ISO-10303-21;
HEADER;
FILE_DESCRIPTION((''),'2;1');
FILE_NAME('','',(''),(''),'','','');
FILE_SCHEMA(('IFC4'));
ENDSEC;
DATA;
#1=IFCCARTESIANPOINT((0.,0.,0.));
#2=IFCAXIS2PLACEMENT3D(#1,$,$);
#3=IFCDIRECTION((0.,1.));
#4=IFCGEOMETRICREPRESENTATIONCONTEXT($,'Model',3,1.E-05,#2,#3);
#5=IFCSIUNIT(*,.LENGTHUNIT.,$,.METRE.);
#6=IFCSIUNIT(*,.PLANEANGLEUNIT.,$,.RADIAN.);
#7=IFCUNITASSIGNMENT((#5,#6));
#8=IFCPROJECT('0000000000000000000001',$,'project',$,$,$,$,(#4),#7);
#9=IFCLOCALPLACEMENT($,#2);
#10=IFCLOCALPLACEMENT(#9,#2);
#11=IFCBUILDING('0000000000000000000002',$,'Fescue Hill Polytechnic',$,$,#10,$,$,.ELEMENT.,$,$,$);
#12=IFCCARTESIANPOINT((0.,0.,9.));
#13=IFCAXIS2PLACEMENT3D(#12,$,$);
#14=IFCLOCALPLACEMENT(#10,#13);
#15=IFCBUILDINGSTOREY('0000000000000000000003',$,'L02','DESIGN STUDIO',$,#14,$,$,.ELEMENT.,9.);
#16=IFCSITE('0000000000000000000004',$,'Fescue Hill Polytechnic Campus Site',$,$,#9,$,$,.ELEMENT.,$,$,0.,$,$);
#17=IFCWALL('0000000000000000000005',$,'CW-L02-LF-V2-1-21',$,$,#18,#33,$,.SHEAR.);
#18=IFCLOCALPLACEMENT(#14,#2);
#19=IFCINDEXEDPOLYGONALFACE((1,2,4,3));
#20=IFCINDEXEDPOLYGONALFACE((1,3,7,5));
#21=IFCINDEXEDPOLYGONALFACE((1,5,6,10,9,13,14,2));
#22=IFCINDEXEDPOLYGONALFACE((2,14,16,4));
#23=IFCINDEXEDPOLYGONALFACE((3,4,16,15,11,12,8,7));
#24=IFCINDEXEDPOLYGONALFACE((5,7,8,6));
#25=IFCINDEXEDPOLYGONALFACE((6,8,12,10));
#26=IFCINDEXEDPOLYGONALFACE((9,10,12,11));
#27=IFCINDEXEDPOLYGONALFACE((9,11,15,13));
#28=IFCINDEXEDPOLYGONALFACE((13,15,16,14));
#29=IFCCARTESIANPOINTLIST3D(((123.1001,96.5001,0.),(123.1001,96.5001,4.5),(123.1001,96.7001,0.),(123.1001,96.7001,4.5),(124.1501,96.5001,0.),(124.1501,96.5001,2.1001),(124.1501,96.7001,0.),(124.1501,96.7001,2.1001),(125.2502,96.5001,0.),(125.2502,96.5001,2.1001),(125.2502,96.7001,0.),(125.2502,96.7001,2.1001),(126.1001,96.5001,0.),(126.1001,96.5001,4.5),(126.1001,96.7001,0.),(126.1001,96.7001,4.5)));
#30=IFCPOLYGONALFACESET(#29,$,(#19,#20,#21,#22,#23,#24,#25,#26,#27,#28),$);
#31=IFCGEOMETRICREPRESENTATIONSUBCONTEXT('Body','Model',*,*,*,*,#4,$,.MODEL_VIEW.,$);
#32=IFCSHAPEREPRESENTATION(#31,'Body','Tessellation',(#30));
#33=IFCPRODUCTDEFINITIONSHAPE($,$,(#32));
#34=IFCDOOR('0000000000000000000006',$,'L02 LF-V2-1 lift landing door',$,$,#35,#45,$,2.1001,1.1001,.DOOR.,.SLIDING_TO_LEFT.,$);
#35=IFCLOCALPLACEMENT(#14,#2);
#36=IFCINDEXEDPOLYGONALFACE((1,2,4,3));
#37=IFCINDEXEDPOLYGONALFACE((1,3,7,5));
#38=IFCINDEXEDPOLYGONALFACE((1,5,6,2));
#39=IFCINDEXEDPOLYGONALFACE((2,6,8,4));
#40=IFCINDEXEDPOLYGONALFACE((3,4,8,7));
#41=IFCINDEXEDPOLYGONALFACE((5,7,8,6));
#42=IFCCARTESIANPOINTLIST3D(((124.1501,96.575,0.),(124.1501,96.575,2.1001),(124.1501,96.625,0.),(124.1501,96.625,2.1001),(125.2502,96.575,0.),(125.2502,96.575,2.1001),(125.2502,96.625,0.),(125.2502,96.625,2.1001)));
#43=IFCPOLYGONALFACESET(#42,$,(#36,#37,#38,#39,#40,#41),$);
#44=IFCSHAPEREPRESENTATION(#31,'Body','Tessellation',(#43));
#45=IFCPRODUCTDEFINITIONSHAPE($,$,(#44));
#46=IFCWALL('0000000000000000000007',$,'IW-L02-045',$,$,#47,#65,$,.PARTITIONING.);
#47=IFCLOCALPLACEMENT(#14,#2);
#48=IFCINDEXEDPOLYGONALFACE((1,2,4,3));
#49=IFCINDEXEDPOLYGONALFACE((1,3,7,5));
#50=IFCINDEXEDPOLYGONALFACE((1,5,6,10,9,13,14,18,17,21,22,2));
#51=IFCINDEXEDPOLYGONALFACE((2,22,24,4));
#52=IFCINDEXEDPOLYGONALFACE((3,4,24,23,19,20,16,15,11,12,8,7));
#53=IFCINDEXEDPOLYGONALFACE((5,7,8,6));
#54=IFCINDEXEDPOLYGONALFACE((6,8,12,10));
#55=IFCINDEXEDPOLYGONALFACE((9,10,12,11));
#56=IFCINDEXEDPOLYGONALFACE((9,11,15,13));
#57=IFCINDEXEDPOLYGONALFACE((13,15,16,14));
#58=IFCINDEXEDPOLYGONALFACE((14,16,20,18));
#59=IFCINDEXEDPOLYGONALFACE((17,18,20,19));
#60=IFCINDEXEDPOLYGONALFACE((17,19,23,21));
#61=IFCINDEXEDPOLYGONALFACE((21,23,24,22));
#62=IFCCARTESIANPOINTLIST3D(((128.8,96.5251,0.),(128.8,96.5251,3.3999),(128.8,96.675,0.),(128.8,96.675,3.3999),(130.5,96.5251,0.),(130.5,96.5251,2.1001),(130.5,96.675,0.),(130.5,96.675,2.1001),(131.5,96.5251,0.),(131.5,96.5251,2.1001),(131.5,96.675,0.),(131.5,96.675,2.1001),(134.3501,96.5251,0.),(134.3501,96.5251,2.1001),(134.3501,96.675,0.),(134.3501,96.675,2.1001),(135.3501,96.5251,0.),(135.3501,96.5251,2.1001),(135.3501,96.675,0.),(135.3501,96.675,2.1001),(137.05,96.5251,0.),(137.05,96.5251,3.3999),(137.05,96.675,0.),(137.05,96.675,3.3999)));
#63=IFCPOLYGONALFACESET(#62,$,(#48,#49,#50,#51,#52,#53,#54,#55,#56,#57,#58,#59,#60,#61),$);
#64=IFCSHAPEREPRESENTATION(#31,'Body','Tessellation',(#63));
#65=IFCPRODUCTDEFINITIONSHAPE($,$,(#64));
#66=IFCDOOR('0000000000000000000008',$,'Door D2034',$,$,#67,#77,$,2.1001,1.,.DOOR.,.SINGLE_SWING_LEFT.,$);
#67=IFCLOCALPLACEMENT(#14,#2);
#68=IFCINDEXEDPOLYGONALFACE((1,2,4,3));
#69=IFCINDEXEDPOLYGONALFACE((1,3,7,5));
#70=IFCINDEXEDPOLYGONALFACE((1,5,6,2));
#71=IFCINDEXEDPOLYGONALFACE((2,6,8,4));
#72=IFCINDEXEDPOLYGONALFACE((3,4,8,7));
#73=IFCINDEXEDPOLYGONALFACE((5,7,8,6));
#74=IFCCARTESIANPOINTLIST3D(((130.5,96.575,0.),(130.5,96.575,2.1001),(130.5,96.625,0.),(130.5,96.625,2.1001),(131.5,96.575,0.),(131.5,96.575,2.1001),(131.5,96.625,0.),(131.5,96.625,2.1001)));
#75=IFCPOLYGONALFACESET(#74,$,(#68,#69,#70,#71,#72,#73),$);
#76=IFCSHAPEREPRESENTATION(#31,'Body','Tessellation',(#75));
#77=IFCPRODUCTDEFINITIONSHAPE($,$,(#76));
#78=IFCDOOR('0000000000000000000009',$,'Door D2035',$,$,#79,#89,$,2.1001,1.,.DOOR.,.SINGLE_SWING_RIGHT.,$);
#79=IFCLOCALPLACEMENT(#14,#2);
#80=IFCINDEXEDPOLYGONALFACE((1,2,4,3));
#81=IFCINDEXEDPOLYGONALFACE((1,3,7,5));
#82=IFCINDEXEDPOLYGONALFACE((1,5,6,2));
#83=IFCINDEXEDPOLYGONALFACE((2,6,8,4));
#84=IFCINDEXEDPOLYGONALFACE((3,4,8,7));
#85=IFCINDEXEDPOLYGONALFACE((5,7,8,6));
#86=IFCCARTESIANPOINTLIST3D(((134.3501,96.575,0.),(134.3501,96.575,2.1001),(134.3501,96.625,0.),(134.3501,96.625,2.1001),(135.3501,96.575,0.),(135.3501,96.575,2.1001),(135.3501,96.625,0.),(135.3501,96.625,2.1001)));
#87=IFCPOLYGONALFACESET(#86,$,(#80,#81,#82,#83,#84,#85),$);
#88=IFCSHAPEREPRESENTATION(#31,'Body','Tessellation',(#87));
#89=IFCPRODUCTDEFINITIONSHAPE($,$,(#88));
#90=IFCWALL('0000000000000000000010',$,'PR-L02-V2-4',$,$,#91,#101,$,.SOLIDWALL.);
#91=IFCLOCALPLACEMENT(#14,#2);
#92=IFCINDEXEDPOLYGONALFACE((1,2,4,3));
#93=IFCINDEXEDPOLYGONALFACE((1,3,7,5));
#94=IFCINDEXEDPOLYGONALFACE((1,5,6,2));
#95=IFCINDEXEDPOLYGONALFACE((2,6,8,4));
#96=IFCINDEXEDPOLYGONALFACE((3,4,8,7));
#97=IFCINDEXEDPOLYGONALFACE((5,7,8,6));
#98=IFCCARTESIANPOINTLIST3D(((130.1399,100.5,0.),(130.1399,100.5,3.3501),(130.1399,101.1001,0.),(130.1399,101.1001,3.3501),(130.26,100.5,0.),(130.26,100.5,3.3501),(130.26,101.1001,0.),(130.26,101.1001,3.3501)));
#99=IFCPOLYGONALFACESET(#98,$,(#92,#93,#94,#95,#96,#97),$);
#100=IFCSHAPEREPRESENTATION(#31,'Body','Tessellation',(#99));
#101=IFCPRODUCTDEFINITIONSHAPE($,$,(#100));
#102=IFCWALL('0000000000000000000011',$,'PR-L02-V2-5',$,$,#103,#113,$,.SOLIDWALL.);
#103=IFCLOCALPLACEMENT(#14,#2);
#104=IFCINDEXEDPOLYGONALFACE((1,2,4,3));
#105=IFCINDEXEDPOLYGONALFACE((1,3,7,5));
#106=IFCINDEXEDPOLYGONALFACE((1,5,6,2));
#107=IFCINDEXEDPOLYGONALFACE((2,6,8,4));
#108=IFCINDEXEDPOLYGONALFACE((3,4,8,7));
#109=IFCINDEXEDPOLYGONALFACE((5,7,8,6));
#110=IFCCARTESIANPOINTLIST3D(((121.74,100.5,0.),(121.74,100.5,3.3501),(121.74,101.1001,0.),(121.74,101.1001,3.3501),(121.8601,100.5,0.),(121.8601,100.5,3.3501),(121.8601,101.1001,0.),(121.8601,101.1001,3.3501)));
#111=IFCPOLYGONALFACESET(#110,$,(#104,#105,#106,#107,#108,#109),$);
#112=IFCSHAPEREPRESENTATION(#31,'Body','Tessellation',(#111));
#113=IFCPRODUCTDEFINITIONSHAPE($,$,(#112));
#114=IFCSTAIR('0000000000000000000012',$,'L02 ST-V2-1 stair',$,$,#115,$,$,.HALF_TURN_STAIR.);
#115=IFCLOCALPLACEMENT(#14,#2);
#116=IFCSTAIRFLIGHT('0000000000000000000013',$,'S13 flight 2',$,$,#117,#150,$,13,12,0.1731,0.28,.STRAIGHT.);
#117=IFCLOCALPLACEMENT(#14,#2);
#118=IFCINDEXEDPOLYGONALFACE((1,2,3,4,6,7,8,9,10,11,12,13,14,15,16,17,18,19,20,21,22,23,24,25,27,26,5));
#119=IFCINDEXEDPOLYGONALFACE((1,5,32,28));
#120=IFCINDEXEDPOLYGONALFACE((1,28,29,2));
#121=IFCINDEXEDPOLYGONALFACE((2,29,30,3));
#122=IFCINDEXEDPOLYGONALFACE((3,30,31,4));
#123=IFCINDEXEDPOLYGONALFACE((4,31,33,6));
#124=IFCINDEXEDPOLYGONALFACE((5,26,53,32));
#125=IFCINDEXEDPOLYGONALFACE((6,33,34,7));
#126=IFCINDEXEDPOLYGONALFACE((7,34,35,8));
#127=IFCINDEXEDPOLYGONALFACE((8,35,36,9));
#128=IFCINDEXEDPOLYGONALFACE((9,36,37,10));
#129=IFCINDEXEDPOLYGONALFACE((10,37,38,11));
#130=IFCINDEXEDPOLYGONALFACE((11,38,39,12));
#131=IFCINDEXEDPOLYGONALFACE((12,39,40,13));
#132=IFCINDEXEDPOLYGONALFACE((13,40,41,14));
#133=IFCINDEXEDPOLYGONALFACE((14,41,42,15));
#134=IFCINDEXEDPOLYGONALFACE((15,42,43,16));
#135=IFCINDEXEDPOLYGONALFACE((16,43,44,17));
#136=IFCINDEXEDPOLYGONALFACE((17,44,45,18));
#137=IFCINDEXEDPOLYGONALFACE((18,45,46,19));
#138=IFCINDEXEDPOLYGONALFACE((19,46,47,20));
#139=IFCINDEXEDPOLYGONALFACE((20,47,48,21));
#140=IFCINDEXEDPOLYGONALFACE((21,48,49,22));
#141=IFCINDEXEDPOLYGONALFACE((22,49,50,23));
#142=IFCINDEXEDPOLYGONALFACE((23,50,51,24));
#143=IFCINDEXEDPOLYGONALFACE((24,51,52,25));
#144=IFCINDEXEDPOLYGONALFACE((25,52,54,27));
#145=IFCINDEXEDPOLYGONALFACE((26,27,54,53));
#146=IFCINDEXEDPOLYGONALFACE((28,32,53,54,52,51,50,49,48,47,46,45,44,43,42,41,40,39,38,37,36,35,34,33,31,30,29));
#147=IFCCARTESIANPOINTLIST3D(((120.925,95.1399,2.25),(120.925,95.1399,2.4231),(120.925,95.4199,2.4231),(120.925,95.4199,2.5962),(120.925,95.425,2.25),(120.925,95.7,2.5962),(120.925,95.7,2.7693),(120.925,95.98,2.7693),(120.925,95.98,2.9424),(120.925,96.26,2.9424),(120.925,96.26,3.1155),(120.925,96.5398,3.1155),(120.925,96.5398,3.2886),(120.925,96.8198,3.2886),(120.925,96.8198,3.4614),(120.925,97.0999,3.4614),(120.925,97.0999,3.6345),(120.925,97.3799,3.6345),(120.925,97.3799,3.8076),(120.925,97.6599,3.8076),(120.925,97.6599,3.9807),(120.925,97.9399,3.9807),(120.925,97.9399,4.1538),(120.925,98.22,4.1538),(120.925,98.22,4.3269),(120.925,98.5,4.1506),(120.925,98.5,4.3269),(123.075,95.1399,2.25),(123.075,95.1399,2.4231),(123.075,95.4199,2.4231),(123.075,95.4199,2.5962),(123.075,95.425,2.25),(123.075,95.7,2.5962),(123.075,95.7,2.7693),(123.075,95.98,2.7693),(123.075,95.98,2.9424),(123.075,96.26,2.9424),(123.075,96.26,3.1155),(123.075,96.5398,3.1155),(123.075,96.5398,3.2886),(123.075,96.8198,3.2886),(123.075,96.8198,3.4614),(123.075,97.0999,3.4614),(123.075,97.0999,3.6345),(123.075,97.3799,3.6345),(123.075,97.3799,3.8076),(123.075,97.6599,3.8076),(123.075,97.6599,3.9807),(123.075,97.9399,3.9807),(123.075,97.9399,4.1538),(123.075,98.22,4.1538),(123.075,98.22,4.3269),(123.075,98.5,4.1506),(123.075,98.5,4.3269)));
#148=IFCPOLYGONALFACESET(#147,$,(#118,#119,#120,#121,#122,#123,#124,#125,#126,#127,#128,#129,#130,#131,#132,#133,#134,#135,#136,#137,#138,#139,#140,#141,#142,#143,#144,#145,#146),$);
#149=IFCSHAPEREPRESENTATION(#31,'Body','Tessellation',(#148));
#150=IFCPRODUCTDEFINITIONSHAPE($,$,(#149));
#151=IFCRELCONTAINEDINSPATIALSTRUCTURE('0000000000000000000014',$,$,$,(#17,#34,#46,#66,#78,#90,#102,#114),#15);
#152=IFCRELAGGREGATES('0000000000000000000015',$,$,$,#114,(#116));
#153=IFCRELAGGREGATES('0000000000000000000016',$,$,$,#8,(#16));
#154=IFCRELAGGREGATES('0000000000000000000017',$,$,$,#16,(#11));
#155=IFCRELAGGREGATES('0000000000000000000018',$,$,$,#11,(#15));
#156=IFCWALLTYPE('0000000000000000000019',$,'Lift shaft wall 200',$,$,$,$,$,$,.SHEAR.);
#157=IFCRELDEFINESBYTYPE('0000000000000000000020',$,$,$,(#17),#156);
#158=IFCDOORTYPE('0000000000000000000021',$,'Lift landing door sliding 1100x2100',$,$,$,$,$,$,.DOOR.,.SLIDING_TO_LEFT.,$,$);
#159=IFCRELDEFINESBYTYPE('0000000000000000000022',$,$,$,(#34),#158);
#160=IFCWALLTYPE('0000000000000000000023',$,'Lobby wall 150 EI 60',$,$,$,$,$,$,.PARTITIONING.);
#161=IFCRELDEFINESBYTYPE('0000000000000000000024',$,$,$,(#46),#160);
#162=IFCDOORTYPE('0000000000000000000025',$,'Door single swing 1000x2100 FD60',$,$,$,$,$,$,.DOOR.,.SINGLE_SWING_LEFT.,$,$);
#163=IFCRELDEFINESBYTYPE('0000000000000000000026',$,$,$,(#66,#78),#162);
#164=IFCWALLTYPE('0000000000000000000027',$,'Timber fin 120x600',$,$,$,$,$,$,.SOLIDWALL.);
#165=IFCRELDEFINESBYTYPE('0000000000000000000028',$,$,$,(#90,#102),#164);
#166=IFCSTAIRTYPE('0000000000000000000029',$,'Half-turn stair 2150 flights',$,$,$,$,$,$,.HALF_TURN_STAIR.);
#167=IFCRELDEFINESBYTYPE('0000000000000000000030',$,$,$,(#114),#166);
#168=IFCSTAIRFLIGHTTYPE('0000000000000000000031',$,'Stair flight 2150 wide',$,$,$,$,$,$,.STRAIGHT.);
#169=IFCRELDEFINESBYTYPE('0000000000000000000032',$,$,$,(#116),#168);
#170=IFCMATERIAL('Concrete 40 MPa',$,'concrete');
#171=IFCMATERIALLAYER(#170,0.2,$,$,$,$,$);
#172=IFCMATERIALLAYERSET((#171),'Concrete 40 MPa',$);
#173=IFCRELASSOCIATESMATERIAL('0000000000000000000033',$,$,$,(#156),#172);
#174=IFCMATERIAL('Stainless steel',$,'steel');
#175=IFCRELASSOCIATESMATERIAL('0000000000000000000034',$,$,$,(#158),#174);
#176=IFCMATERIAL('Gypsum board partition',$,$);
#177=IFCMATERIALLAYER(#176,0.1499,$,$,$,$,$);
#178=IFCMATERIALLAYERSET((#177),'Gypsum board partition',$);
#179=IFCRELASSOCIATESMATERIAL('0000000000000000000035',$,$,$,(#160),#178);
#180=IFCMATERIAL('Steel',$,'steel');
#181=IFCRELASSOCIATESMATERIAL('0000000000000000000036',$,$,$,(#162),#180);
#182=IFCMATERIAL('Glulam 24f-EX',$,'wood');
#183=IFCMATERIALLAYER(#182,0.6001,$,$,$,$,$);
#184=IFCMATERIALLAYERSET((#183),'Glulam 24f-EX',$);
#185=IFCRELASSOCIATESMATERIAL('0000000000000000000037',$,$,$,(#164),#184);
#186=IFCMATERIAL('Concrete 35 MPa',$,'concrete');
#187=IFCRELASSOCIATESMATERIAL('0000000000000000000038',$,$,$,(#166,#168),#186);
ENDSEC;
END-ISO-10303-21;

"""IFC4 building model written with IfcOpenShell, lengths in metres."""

from ifc_helpers import new_model, si_unit, direction, frame, frame_2d, origin, place, context, subcontext, project, spatial, polyline, rectangle, outline, extrude, material, layer, layer_set, type_object, element, fill, aggregate, save


model = new_model("IFC4")

# Units and contexts
model_context = context("Model", 3, precision=1e-05, world=origin(), true_north=direction((0.0, 1.0)))
body_context = subcontext(model_context, "Body", "Model", "MODEL_VIEW")
ifc_project = project(units=[si_unit("LENGTHUNIT", "METRE"), si_unit("PLANEANGLEUNIT", "RADIAN")], contexts=[model_context])

# Site, building, storey
site_placement = place(None, origin())
site = spatial("IfcSite", under=ifc_project, at=site_placement, Name="Fescue Hill Polytechnic Campus Site", CompositionType="ELEMENT", RefElevation=0.0)
building_placement = place(site_placement, origin())
building = spatial("IfcBuilding", under=site, at=building_placement, Name="Fescue Hill Polytechnic", CompositionType="ELEMENT")
storey_placement = place(building_placement, frame((0.0, 0.0, 9.0)))
storey = spatial("IfcBuildingStorey", under=building, at=storey_placement, Name="L02", Description="DESIGN STUDIO", CompositionType="ELEMENT", Elevation=9.0)

# Shared definitions
ifc_material_1 = material(Name="Concrete 40 MPa", Category="concrete")

# Shared definitions
ifc_material_2 = material(Name="Concrete 35 MPa", Category="concrete")

# Wall, opening, door
ifc_layer_1 = layer(ifc_material_1, 0.2)
ifc_layer_set_1 = layer_set([ifc_layer_1], Name="Concrete 40 MPa")
wall_type_1 = type_object("IfcWallType", Name="Lift shaft wall 200", PredefinedType="SHEAR", material=ifc_layer_set_1)
wall_1_placement = place(storey_placement, frame((123.1001, 96.6001, 0.0), z_axis=(0.0, 0.0, 1.0), x_axis=(1.0, 0.0, 0.0)))
wall_1 = element("IfcWall", 1, at=wall_1_placement, inside=storey, type_object=wall_type_1, Name="CW-L02-LF-V2-1-21", PredefinedType="SHEAR", context=body_context, shape_type="SweptSolid", body=[
    extrude(rectangle(XDim=3.0, YDim=0.2, at=frame_2d((1.5, 0.0))), origin(), (0.0, 0.0, 1.0), 4.5),
])
opening_1_placement = place(wall_1_placement, frame((1.05, 0.0, 0.0)))
opening_1 = element("IfcOpeningElement", 2, at=opening_1_placement, cuts=wall_1, PredefinedType="OPENING", context=body_context, shape_type="SweptSolid", body=[
    extrude(rectangle(XDim=1.1001, YDim=2.1001, at=frame_2d((0.55, 1.05))), frame((0.0, 0.1099, 0.0), z_axis=(0.0, -1.0, 0.0), x_axis=(1.0, 0.0, 0.0)), (0.0, 0.0, 1.0), 0.22),
])
ifc_material_3 = material(Name="Stainless steel", Category="steel")
door_type_1 = type_object("IfcDoorType", Name="Lift landing door sliding 1100x2100", OperationType="SLIDING_TO_LEFT", PredefinedType="DOOR", material=ifc_material_3)
door_1_placement = place(opening_1_placement, origin())
door_1 = element("IfcDoor", 3, at=door_1_placement, inside=storey, type_object=door_type_1, Name="L02 LF-V2-1 lift landing door", OperationType="SLIDING_TO_LEFT", OverallHeight=2.1001, OverallWidth=1.1001, PredefinedType="DOOR", context=body_context, shape_type="SweptSolid", body=[
    extrude(rectangle(XDim=1.1001, YDim=2.1001, at=frame_2d((0.55, 1.05))), frame((0.0, 0.0249, 0.0), z_axis=(0.0, -1.0, 0.0), x_axis=(1.0, 0.0, 0.0)), (0.0, 0.0, 1.0), 0.05),
])
fill(opening_1, door_1)

# Wall, openings, doors
ifc_material_4 = material(Name="Gypsum board partition")
ifc_layer_2 = layer(ifc_material_4, 0.1499)
ifc_layer_set_2 = layer_set([ifc_layer_2], Name="Gypsum board partition")
wall_type_2 = type_object("IfcWallType", Name="Lobby wall 150 EI 60", PredefinedType="PARTITIONING", material=ifc_layer_set_2)
wall_2_placement = place(storey_placement, frame((128.8, 96.6001, 0.0), z_axis=(0.0, 0.0, 1.0), x_axis=(1.0, 0.0, 0.0)))
wall_2 = element("IfcWall", 4, at=wall_2_placement, inside=storey, type_object=wall_type_2, Name="IW-L02-045", PredefinedType="PARTITIONING", context=body_context, shape_type="SweptSolid", body=[
    extrude(rectangle(XDim=8.25, YDim=0.1499, at=frame_2d((4.125, 0.0))), origin(), (0.0, 0.0, 1.0), 3.3999),
])
opening_2_placement = place(wall_2_placement, frame((1.7, 0.0, 0.0)))
opening_2 = element("IfcOpeningElement", 5, at=opening_2_placement, cuts=wall_2, PredefinedType="OPENING", context=body_context, shape_type="SweptSolid", body=[
    extrude(rectangle(XDim=1.0, YDim=2.1001, at=frame_2d((0.5, 1.05))), frame((0.0, 0.085, 0.0), z_axis=(0.0, -1.0, 0.0), x_axis=(1.0, 0.0, 0.0)), (0.0, 0.0, 1.0), 0.1699),
])
opening_3_placement = place(wall_2_placement, frame((5.55, 0.0, 0.0)))
opening_3 = element("IfcOpeningElement", 6, at=opening_3_placement, cuts=wall_2, PredefinedType="OPENING", context=body_context, shape_type="SweptSolid", body=[
    extrude(rectangle(XDim=1.0, YDim=2.1001, at=frame_2d((0.5, 1.05))), frame((0.0, 0.085, 0.0), z_axis=(0.0, -1.0, 0.0), x_axis=(1.0, 0.0, 0.0)), (0.0, 0.0, 1.0), 0.1699),
])
ifc_material_5 = material(Name="Steel", Category="steel")
door_type_2 = type_object("IfcDoorType", Name="Door single swing 1000x2100 FD60", OperationType="SINGLE_SWING_LEFT", PredefinedType="DOOR", material=ifc_material_5)
door_2_placement = place(opening_2_placement, origin())
door_2 = element("IfcDoor", 7, at=door_2_placement, inside=storey, type_object=door_type_2, Name="Door D2034", OperationType="SINGLE_SWING_LEFT", OverallHeight=2.1001, OverallWidth=1.0, PredefinedType="DOOR", context=body_context, shape_type="SweptSolid", body=[
    extrude(rectangle(XDim=1.0, YDim=2.1001, at=frame_2d((0.5, 1.05))), frame((0.0, 0.0249, 0.0), z_axis=(0.0, -1.0, 0.0), x_axis=(1.0, 0.0, 0.0)), (0.0, 0.0, 1.0), 0.05),
])
fill(opening_2, door_2)
door_3_placement = place(opening_3_placement, origin())
door_3 = element("IfcDoor", 8, at=door_3_placement, inside=storey, type_object=door_type_2, Name="Door D2035", OperationType="SINGLE_SWING_RIGHT", OverallHeight=2.1001, OverallWidth=1.0, PredefinedType="DOOR", context=body_context, shape_type="SweptSolid", body=[
    extrude(rectangle(XDim=1.0, YDim=2.1001, at=frame_2d((0.5, 1.05))), frame((0.0, 0.0249, 0.0), z_axis=(0.0, -1.0, 0.0), x_axis=(1.0, 0.0, 0.0)), (0.0, 0.0, 1.0), 0.05),
])
fill(opening_3, door_3)

# Walls
ifc_material_6 = material(Name="Glulam 24f-EX", Category="wood")
ifc_layer_3 = layer(ifc_material_6, 0.6001)
ifc_layer_set_3 = layer_set([ifc_layer_3], Name="Glulam 24f-EX")
wall_type_3 = type_object("IfcWallType", Name="Timber fin 120x600", PredefinedType="SOLIDWALL", material=ifc_layer_set_3)
for number, where, z_axis, x_axis, name in (
    (9, (130.26, 100.8, 0.0), (0.0, 0.0, 1.0), (-1.0, 0.0, 0.0), "PR-L02-V2-4"),
    (10, (121.8601, 100.8, 0.0), (0.0, 0.0, 1.0), (-1.0, 0.0, 0.0), "PR-L02-V2-5"),
):
    element("IfcWall", number, at=place(storey_placement, frame(where, z_axis=z_axis, x_axis=x_axis)), inside=storey, type_object=wall_type_3, Name=name, PredefinedType="SOLIDWALL", context=body_context, shape_type="SweptSolid", body=[
        extrude(rectangle(XDim=0.1201, YDim=0.6001, at=frame_2d((0.0601, 0.0))), origin(), (0.0, 0.0, 1.0), 3.3501),
    ])

# Stair, stair flight
stair_type = type_object("IfcStairType", Name="Half-turn stair 2150 flights", PredefinedType="HALF_TURN_STAIR", material=ifc_material_2)
stair_placement = place(storey_placement, origin())
stair = element("IfcStair", 11, at=stair_placement, inside=storey, type_object=stair_type, Name="L02 ST-V2-1 stair", PredefinedType="HALF_TURN_STAIR")
stair_flight_type = type_object("IfcStairFlightType", Name="Stair flight 2150 wide", PredefinedType="STRAIGHT", material=ifc_material_2)
stair_flight_placement = place(storey_placement, frame((122.0, 95.1399, 2.25), z_axis=(0.0, 0.0, 1.0), x_axis=(0.0, 1.0, 0.0)))
stair_flight = element("IfcStairFlight", 12, at=stair_flight_placement, type_object=stair_flight_type, Name="S13 flight 2", NumberOfRisers=13, NumberOfTreads=12, PredefinedType="STRAIGHT", RiserHeight=0.1731, TreadLength=0.28, context=body_context, shape_type="SweptSolid", body=[
    extrude(outline(polyline([(0.0, 0.0), (0.0, 0.1731), (0.28, 0.1731), (0.28, 0.3462), (0.5601, 0.3462), (0.5601, 0.5193), (0.8401, 0.5193), (0.8401, 0.6924), (1.1201, 0.6924), (1.1201, 0.8655), (1.3999, 0.8655), (1.3999, 1.0386), (1.6799, 1.0386), (1.6799, 1.2114), (1.96, 1.2114), (1.96, 1.3845), (2.24, 1.3845), (2.24, 1.5576), (2.52, 1.5576), (2.52, 1.7307), (2.8, 1.7307), (2.8, 1.9038), (3.0801, 1.9038), (3.0801, 2.0769), (3.3601, 2.0769), (3.3601, 2.25), (3.3601, 1.9006), (0.2852, 0.0), (0.0, 0.0)])), frame((0.0, 1.075, 0.0), z_axis=(0.0, -1.0, 0.0), x_axis=(1.0, 0.0, 0.0)), (0.0, 0.0, 1.0), 2.1499),
])
aggregate(stair, [stair_flight])

save(model, "model.ifc")
